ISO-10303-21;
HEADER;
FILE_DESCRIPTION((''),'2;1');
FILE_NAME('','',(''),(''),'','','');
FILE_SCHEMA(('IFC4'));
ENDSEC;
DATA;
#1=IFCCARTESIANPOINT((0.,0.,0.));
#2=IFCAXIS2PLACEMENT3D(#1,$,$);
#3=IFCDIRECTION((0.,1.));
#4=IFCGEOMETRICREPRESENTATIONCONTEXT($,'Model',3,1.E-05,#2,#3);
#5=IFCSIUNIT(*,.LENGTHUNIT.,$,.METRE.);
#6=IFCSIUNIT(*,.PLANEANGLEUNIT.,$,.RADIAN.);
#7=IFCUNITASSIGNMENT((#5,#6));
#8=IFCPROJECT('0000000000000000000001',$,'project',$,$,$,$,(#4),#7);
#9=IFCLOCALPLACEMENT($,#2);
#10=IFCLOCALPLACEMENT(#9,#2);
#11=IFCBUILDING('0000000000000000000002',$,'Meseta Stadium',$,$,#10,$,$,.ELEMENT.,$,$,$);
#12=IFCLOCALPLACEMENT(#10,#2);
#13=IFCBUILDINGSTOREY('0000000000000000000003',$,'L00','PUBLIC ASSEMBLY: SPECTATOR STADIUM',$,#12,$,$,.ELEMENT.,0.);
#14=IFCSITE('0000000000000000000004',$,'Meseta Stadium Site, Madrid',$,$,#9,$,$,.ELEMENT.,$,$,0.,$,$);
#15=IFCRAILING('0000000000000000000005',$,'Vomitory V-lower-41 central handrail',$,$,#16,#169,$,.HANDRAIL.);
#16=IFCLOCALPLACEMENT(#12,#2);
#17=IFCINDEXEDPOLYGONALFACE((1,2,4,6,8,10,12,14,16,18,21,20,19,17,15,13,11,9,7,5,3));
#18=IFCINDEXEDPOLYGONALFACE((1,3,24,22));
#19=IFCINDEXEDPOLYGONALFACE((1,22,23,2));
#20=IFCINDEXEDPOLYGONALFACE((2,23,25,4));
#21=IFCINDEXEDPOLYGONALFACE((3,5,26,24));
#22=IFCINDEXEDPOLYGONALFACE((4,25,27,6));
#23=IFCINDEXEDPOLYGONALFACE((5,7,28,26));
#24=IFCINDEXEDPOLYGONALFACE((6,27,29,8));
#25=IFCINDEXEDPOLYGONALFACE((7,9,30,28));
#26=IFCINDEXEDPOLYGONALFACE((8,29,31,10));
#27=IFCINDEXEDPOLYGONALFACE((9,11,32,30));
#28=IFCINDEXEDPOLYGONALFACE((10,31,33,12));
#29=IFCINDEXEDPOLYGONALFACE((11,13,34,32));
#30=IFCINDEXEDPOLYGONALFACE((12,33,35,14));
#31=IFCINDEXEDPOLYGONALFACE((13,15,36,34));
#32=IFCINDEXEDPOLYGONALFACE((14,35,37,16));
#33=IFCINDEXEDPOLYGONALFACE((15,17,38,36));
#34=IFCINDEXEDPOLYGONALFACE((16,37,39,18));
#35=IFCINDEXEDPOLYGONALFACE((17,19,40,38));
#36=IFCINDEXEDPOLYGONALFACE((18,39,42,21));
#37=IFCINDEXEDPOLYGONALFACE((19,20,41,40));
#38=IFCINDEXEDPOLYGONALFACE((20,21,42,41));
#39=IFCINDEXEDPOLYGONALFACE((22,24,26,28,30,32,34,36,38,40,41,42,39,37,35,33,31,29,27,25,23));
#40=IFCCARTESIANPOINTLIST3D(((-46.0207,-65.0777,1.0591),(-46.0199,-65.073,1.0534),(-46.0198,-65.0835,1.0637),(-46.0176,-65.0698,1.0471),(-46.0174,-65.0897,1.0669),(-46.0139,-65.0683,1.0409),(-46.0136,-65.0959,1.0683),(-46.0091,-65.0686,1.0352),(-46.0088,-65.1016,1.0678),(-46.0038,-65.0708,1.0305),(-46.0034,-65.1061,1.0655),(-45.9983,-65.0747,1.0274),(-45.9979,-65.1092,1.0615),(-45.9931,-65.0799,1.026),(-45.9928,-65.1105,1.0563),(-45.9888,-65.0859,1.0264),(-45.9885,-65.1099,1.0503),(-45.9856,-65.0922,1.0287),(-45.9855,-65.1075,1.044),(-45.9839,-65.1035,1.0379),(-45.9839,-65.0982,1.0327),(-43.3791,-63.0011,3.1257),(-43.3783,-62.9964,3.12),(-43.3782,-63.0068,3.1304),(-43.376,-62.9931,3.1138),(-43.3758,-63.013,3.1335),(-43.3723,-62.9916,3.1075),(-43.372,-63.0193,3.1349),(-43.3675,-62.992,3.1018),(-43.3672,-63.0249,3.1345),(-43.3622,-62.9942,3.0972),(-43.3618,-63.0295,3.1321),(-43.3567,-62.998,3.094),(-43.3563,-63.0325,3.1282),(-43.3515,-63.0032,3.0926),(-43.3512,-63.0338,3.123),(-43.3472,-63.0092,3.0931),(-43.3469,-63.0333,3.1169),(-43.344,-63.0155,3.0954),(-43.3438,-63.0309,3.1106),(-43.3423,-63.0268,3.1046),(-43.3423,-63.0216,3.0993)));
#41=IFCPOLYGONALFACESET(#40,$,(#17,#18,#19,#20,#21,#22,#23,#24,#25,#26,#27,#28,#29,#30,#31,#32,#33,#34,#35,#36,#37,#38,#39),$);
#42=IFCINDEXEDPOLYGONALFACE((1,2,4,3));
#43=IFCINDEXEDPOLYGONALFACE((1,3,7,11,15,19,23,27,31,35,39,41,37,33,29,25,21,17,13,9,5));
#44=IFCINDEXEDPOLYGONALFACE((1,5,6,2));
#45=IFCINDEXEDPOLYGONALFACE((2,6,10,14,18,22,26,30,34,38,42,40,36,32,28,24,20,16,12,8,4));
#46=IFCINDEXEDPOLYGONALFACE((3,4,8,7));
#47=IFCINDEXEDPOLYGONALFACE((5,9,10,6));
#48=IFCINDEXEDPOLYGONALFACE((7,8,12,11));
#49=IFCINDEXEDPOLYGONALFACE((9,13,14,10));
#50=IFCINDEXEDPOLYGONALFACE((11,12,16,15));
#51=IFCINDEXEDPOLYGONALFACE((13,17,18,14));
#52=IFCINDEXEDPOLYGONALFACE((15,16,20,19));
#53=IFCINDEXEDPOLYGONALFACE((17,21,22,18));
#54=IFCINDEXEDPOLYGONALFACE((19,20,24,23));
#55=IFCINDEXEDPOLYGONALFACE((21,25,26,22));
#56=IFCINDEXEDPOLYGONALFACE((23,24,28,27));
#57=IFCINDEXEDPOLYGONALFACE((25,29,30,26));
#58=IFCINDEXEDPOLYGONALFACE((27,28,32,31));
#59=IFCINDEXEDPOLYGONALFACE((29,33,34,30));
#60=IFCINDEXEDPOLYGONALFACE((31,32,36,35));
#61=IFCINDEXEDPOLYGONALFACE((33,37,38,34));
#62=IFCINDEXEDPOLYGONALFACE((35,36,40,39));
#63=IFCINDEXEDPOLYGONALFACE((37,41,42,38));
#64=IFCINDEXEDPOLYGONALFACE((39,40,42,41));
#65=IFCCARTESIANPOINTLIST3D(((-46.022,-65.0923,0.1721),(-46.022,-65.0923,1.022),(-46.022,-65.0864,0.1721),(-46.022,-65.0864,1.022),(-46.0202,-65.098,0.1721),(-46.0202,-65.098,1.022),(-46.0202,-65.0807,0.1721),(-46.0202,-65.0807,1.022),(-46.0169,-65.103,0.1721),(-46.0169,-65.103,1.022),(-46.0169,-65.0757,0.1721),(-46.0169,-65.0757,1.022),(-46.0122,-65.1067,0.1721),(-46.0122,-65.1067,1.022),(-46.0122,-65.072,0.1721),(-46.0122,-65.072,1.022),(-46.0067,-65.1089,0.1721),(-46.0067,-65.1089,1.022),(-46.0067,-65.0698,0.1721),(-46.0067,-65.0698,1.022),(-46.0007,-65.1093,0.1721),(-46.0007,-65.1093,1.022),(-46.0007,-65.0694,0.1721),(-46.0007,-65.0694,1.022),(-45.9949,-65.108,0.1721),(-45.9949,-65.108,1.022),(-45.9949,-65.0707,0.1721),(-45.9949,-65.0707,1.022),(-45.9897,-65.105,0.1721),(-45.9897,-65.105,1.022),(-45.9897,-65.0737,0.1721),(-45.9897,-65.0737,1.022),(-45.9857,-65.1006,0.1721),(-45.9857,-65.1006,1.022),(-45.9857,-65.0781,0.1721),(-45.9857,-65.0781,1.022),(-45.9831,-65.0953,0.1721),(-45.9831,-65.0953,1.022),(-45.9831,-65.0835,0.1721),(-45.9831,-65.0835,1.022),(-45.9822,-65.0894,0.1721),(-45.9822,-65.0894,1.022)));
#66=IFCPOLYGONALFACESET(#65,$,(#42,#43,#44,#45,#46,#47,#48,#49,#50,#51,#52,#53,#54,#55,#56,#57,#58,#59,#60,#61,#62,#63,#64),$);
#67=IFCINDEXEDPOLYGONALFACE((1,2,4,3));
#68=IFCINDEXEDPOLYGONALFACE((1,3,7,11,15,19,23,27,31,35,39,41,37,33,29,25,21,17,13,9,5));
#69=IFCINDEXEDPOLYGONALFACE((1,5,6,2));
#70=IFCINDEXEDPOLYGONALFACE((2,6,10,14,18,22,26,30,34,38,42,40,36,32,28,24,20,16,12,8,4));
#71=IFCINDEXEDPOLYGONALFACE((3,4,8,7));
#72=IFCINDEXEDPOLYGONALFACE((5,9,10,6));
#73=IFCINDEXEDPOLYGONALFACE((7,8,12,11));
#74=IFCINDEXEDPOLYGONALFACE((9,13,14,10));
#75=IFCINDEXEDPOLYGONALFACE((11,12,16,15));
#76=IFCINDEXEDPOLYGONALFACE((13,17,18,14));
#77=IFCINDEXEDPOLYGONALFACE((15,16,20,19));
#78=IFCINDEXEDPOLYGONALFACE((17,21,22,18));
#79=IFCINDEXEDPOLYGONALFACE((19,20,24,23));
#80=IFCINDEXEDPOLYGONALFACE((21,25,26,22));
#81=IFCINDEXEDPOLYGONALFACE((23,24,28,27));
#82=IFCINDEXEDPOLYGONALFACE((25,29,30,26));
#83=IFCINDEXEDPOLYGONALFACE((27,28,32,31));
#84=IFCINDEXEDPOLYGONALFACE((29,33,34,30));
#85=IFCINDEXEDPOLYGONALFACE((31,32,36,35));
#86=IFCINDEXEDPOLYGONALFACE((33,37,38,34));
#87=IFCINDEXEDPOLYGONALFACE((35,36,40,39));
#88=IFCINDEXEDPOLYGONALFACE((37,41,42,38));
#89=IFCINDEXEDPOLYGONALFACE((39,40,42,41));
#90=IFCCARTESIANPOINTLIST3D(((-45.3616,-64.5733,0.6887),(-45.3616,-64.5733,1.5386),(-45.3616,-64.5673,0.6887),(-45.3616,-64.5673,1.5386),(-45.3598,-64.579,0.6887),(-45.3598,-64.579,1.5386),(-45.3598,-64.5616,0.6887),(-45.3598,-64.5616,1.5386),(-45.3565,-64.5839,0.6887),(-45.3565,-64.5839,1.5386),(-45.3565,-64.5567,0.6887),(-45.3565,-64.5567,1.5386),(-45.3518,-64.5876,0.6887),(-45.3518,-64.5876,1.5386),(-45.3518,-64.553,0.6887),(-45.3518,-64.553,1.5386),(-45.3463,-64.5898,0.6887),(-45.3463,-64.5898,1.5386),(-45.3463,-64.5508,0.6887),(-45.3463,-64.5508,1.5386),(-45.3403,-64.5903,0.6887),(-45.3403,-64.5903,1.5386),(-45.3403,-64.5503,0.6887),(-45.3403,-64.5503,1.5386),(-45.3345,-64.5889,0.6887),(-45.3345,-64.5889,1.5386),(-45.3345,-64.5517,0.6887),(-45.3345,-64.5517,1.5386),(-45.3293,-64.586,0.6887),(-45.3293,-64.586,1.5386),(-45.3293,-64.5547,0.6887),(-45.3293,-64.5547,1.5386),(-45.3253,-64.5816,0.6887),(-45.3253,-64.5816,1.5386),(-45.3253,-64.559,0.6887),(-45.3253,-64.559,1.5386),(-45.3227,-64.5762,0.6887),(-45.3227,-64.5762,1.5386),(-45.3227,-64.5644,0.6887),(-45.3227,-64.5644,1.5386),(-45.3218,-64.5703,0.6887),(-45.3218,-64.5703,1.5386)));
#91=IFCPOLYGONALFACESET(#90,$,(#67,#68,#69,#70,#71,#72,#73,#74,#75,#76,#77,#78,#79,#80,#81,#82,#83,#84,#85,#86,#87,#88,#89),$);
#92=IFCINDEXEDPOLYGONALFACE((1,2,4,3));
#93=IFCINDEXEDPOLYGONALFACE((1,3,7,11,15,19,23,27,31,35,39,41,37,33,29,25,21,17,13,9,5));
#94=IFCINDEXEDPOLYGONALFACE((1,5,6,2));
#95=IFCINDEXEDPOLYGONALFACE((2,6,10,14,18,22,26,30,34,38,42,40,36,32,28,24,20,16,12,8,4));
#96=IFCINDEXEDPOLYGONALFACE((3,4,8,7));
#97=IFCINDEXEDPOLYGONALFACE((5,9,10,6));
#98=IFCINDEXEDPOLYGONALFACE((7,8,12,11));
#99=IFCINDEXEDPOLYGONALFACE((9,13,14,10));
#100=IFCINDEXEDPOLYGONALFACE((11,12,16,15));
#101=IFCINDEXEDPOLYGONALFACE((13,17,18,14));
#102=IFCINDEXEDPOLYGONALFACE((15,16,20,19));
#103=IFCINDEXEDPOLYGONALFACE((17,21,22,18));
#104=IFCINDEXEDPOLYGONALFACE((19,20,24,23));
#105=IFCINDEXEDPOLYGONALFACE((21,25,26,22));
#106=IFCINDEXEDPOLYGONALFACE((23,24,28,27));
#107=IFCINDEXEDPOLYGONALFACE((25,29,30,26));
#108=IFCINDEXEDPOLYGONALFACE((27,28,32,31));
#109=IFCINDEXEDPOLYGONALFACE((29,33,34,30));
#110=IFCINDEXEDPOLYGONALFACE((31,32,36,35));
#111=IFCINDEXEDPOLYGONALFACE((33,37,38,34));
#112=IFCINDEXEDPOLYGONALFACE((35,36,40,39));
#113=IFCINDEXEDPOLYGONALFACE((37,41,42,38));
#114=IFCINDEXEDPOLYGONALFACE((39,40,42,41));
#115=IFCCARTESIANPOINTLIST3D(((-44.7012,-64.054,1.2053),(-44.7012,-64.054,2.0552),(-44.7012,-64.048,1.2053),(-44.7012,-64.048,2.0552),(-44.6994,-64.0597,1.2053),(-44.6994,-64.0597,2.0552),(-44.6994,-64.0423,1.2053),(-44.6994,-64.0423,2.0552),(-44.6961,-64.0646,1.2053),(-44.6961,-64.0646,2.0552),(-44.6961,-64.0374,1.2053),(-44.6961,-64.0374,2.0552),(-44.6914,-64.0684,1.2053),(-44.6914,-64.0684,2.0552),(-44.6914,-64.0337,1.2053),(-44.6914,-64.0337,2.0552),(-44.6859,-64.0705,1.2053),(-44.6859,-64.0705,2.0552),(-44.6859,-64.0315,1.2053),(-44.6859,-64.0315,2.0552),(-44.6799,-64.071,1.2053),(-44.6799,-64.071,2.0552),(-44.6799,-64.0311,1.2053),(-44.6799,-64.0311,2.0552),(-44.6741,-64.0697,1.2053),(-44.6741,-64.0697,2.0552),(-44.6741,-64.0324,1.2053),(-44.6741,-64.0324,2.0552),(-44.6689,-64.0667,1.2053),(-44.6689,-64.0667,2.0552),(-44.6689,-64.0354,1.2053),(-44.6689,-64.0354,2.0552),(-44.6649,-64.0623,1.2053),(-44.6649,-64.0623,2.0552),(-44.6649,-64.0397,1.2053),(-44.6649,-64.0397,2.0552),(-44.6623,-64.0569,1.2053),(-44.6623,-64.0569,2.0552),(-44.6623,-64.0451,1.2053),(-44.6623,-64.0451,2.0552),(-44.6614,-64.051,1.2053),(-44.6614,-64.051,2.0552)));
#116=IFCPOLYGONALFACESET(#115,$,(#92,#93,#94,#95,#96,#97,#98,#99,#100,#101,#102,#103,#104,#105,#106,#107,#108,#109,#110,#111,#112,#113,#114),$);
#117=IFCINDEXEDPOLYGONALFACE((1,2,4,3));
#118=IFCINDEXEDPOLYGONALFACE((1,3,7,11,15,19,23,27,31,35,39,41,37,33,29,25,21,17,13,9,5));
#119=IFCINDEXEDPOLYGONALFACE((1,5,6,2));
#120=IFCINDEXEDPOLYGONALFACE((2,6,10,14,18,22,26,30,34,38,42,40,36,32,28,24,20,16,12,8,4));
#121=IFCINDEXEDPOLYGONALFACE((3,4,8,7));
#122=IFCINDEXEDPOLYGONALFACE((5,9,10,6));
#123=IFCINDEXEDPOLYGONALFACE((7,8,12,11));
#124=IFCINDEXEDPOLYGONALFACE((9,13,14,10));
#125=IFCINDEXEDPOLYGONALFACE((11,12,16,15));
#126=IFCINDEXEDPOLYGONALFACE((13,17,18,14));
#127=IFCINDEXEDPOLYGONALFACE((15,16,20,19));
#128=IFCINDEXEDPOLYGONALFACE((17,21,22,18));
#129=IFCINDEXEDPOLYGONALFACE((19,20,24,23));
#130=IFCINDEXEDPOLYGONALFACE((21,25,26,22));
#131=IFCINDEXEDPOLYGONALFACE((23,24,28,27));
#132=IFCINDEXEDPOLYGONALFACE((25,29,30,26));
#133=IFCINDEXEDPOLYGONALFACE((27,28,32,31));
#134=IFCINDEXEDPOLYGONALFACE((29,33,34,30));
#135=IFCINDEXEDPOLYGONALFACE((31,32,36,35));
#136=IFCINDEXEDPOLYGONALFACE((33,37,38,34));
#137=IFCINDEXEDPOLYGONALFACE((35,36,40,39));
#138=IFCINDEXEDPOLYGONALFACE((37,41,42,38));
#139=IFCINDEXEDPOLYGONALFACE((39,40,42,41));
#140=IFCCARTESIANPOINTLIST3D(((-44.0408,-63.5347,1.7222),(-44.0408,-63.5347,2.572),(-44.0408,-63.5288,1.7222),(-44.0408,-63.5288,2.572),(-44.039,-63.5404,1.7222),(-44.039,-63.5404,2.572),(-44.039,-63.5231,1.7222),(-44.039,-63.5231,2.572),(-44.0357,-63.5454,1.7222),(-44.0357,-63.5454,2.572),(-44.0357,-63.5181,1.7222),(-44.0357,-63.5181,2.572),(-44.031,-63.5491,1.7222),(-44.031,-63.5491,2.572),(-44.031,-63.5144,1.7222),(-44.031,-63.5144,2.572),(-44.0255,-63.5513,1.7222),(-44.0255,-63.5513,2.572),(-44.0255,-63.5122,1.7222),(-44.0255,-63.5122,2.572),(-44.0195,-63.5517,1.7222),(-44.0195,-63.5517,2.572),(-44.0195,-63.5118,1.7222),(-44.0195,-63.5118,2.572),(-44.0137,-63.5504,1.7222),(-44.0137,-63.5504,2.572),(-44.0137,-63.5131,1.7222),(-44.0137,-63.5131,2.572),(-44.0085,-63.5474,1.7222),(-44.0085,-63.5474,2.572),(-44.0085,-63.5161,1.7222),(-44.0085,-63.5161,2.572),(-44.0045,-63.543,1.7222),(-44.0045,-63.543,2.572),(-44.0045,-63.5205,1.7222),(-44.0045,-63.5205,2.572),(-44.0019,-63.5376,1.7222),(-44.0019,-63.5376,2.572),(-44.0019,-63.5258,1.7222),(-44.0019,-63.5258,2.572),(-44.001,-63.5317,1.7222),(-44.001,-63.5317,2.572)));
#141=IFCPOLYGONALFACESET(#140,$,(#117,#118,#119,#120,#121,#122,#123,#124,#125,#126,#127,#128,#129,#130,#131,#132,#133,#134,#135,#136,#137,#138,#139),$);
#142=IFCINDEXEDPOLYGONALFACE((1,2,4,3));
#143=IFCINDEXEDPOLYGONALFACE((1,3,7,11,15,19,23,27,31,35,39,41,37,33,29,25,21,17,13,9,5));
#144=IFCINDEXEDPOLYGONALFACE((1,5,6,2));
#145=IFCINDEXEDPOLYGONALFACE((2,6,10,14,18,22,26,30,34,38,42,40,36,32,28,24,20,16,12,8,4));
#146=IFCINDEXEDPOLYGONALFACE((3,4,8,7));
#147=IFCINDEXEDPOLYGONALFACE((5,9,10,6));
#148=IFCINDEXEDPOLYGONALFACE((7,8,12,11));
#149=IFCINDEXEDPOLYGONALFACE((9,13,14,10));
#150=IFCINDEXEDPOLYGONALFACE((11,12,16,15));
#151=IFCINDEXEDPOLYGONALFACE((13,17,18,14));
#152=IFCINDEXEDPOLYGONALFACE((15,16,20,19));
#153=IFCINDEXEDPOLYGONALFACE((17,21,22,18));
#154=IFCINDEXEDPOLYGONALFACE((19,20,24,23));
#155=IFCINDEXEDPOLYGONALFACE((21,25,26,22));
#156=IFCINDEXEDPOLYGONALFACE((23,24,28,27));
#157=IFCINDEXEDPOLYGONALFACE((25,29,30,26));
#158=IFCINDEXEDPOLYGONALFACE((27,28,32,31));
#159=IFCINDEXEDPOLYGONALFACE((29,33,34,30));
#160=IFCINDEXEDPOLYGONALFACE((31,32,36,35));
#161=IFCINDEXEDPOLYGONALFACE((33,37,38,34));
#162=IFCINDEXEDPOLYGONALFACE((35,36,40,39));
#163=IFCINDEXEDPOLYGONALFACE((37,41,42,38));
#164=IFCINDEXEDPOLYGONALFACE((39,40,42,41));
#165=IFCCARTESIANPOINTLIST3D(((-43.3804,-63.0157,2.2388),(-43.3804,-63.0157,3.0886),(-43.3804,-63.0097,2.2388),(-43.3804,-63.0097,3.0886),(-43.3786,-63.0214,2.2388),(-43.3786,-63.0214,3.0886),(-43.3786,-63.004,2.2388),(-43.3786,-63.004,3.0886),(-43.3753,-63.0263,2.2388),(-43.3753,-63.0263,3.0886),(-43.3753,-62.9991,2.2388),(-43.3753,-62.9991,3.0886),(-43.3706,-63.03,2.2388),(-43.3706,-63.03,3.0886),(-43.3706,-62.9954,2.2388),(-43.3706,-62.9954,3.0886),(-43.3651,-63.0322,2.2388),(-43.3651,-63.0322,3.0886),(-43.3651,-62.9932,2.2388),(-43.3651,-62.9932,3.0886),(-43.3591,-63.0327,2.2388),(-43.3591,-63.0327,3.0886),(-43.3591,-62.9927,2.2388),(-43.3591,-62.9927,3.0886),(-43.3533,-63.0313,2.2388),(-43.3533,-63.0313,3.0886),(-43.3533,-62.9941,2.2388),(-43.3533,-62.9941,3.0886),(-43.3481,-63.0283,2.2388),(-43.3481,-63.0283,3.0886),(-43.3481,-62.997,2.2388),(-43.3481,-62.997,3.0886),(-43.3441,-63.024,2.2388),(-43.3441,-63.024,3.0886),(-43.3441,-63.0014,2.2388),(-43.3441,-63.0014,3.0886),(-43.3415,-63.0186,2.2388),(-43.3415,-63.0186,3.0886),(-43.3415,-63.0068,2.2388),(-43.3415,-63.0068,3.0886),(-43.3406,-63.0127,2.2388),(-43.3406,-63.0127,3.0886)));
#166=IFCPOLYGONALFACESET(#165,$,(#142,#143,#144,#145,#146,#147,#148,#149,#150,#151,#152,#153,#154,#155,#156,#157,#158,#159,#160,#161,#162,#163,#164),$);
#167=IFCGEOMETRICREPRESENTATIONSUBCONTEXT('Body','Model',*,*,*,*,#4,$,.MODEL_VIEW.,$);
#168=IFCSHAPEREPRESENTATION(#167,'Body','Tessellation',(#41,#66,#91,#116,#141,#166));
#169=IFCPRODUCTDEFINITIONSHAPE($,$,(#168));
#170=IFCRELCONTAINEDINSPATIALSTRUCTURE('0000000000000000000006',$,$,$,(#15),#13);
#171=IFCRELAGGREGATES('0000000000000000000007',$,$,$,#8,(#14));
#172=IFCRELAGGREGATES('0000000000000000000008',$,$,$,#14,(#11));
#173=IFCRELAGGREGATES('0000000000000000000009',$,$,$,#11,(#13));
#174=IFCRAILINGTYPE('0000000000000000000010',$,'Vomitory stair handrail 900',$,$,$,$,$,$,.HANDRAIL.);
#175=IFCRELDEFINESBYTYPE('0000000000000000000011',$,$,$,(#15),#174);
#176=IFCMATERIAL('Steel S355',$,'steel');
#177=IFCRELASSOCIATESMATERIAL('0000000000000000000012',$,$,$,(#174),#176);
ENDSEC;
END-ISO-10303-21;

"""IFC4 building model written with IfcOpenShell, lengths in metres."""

from ifc_helpers import new_model, si_unit, direction, frame, origin, origin_2d, place, context, subcontext, project, spatial, circle, extrude, material, type_object, element, save


model = new_model("IFC4")

# Units and contexts
model_context = context("Model", 3, precision=1e-05, world=origin(), true_north=direction((0.0, 1.0)))
body_context = subcontext(model_context, "Body", "Model", "MODEL_VIEW")
ifc_project = project(units=[si_unit("LENGTHUNIT", "METRE"), si_unit("PLANEANGLEUNIT", "RADIAN")], contexts=[model_context])

# Site, building, storey
site_placement = place(None, origin())
site = spatial("IfcSite", under=ifc_project, at=site_placement, Name="Meseta Stadium Site, Madrid", CompositionType="ELEMENT", RefElevation=0.0)
building_placement = place(site_placement, origin())
building = spatial("IfcBuilding", under=site, at=building_placement, Name="Meseta Stadium", CompositionType="ELEMENT")
storey_placement = place(building_placement, origin())
storey = spatial("IfcBuildingStorey", under=building, at=storey_placement, Name="L00", Description="PUBLIC ASSEMBLY: SPECTATOR STADIUM", CompositionType="ELEMENT", Elevation=0.0)

# Railing
ifc_material_1 = material(Name="Steel S355", Category="steel")
railing_type_1 = type_object("IfcRailingType", Name="Vomitory stair handrail 900", PredefinedType="HANDRAIL", material=ifc_material_1)
railing_1_placement = place(storey_placement, frame((-46.0022, -65.0894, 0.1721)))
element("IfcRailing", 1, at=railing_1_placement, inside=storey, type_object=railing_type_1, Name="Vomitory V-lower-41 central handrail", PredefinedType="HANDRAIL", context=body_context, shape_type="SweptSolid", body=[
    extrude(circle(Radius=0.0249, at=origin_2d()), frame((0.0, 0.0, 0.875), z_axis=(0.669638, 0.526427, 0.523889), x_axis=(-0.618027, 0.786157, 0.0)), (0.0, 0.0, 1.0), 3.9448),
    extrude(circle(Radius=0.02, at=origin_2d()), origin(), (0.0, 0.0, 1.0), 0.8499),
    extrude(circle(Radius=0.02, at=origin_2d()), frame((0.6604, 0.519, 0.5166)), (0.0, 0.0, 1.0), 0.8499),
    extrude(circle(Radius=0.02, at=origin_2d()), frame((1.3208, 1.0383, 1.0332)), (0.0, 0.0, 1.0), 0.8499),
    extrude(circle(Radius=0.02, at=origin_2d()), frame((1.9812, 1.5576, 1.55)), (0.0, 0.0, 1.0), 0.8499),
    extrude(circle(Radius=0.02, at=origin_2d()), frame((2.6416, 2.0767, 2.0667)), (0.0, 0.0, 1.0), 0.8499),
])

save(model, "model.ifc")
